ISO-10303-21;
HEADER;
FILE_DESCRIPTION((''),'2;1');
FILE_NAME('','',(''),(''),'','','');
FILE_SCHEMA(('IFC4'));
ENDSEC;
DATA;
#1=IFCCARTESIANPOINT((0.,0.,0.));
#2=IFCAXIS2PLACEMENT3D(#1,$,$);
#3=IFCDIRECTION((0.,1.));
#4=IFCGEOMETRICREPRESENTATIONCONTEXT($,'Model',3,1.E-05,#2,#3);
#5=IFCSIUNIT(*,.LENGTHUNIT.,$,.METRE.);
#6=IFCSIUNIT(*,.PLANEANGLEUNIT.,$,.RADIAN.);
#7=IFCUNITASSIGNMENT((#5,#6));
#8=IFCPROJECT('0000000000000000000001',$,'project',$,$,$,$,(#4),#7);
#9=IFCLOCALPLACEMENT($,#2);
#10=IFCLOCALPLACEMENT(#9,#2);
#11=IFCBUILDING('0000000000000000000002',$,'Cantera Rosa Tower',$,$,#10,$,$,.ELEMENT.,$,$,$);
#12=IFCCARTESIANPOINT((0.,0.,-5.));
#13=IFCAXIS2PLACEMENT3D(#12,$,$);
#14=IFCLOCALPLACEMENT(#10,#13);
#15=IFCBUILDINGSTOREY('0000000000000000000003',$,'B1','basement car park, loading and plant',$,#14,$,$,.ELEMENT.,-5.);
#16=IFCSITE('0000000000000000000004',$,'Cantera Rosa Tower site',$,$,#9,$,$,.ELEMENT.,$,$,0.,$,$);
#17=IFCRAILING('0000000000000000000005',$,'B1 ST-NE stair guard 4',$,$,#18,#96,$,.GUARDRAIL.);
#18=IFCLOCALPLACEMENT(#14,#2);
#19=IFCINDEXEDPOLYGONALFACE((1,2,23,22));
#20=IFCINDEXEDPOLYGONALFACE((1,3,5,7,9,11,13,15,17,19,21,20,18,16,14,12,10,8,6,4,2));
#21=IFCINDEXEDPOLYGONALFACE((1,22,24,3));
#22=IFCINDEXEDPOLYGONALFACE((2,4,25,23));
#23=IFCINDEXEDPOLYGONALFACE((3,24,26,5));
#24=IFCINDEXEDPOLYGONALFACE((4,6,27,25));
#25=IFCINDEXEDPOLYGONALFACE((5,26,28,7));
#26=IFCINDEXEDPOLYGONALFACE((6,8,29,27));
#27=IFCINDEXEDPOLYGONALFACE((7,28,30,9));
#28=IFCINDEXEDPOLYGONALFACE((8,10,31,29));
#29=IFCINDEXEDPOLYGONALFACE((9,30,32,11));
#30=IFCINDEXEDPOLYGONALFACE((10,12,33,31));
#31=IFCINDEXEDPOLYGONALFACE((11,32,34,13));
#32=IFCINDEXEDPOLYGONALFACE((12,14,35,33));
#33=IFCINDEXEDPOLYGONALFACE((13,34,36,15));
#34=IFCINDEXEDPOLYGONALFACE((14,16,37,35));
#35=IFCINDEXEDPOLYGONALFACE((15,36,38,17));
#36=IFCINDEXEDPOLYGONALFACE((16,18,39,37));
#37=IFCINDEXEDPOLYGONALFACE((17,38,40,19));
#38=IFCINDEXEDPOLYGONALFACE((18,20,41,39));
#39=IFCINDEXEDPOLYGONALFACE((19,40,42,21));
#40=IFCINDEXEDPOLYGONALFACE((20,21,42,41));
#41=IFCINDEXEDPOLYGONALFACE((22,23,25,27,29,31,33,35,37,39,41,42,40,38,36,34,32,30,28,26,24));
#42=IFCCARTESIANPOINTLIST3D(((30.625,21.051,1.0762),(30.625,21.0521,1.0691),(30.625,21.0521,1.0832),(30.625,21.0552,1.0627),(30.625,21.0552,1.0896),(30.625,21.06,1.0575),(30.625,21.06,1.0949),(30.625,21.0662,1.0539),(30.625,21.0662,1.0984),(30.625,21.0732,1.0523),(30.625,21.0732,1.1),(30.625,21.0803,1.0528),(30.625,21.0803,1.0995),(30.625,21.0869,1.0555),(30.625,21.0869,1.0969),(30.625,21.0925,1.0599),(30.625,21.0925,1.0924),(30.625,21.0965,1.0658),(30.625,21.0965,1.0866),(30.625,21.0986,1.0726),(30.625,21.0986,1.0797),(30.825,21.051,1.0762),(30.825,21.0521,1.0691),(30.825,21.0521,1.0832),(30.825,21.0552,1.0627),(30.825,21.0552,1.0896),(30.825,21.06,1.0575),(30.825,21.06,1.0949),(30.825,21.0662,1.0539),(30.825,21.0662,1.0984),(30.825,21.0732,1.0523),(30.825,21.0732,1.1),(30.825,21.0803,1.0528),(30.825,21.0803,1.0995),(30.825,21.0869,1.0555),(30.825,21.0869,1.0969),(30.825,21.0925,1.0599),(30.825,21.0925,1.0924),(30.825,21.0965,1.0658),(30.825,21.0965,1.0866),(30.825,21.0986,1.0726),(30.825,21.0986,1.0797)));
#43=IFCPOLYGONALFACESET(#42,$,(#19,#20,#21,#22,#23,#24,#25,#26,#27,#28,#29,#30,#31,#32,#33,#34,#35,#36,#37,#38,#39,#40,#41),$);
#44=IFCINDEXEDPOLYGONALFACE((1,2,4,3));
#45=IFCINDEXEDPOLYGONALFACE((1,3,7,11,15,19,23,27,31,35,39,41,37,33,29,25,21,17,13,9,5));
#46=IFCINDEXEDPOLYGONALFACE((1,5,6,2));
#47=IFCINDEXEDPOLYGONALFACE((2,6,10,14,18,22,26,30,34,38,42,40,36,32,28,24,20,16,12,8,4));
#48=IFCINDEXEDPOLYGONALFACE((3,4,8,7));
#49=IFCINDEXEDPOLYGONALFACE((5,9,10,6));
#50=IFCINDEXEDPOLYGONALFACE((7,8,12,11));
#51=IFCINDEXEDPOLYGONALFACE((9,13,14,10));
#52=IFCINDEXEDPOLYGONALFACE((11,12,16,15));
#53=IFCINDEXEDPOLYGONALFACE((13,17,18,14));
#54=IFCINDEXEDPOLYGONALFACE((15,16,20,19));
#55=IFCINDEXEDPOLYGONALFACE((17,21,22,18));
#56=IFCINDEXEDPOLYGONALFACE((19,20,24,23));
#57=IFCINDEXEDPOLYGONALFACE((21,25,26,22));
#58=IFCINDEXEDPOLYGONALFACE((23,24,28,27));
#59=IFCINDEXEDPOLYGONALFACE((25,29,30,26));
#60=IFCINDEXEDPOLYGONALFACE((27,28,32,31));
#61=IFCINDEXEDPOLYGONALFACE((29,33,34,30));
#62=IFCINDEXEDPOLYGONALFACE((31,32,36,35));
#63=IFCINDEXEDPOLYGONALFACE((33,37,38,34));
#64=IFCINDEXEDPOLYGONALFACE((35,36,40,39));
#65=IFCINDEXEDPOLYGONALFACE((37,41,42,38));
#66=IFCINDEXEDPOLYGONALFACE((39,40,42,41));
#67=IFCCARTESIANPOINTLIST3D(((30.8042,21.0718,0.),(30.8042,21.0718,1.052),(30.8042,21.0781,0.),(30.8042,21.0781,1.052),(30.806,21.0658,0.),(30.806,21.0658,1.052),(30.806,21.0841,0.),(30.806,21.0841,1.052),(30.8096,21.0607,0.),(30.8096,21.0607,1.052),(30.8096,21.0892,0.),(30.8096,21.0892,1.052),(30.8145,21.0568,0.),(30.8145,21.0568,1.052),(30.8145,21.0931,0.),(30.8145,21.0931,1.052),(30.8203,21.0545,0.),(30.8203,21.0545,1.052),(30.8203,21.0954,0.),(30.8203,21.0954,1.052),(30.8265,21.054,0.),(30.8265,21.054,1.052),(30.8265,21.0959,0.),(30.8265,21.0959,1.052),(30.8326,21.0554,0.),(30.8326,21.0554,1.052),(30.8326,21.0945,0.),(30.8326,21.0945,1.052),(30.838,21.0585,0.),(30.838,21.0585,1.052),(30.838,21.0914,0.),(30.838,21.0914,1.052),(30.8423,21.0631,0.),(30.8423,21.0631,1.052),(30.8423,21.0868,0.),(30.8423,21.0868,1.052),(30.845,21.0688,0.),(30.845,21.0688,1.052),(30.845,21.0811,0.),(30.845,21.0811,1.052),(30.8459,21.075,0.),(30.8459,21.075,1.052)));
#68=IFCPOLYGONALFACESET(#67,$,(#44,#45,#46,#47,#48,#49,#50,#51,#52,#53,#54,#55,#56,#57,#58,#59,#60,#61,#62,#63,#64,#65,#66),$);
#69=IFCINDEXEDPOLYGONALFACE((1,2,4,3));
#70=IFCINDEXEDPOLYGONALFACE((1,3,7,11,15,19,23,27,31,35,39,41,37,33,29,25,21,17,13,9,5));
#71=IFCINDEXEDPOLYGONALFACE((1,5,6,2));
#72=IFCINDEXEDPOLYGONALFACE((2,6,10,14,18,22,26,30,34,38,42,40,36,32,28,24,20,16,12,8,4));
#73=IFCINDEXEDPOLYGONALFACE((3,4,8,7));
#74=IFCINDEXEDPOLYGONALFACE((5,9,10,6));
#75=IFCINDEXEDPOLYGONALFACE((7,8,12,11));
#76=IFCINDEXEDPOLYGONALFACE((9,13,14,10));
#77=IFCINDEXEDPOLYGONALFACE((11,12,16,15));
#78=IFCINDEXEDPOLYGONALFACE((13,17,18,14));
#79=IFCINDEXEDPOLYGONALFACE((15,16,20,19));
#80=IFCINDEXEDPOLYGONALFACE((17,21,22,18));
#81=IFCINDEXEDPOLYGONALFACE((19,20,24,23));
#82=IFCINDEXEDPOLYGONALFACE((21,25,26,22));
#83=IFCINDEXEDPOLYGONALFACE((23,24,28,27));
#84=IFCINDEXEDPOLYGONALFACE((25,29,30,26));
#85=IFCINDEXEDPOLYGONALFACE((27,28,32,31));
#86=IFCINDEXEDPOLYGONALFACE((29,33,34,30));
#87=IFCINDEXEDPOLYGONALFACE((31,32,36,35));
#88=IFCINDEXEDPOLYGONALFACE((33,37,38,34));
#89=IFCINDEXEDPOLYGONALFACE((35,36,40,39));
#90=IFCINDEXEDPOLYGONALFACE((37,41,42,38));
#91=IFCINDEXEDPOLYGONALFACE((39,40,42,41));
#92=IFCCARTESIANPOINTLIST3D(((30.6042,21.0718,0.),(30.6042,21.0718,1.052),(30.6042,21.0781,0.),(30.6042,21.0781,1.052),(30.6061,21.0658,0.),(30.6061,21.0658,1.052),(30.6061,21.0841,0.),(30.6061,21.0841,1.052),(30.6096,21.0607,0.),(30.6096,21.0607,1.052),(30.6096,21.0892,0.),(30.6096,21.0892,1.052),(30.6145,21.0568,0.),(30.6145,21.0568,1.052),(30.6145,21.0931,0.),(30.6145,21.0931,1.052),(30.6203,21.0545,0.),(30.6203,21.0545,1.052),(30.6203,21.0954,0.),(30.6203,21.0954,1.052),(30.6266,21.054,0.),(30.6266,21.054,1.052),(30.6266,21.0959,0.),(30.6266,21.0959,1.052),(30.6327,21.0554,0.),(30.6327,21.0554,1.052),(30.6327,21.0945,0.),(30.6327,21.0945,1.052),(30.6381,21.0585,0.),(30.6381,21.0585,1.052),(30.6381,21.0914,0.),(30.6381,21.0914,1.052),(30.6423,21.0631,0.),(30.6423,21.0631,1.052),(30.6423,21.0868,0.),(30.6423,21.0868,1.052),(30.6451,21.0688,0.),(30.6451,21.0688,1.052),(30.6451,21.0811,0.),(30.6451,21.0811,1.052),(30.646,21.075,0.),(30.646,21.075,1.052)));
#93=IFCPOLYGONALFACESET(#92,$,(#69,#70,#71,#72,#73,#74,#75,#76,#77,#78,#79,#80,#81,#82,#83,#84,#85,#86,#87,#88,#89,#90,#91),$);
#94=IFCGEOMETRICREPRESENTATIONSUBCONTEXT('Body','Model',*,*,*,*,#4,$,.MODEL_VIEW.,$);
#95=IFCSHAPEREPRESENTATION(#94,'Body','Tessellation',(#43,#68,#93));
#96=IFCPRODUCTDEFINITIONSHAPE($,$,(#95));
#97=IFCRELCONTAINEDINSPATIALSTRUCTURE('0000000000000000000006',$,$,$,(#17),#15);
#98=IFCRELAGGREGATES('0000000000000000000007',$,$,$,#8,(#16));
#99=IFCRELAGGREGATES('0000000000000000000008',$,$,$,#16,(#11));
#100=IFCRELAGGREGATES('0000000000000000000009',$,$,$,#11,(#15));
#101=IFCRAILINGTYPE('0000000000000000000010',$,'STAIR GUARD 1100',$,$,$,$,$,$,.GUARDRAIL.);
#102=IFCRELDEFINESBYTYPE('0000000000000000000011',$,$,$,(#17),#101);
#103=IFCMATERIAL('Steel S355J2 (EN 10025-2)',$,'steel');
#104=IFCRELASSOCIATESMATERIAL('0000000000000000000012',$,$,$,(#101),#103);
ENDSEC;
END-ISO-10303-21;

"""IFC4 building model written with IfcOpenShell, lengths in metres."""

from ifc_helpers import new_model, si_unit, direction, frame, origin, origin_2d, place, context, subcontext, project, spatial, circle, extrude, material, type_object, element, save


model = new_model("IFC4")

# Units and contexts
model_context = context("Model", 3, precision=1e-05, world=origin(), true_north=direction((0.0, 1.0)))
body_context = subcontext(model_context, "Body", "Model", "MODEL_VIEW")
ifc_project = project(units=[si_unit("LENGTHUNIT", "METRE"), si_unit("PLANEANGLEUNIT", "RADIAN")], contexts=[model_context])

# Site, building, storey
site_placement = place(None, origin())
site = spatial("IfcSite", under=ifc_project, at=site_placement, Name="Cantera Rosa Tower site", CompositionType="ELEMENT", RefElevation=0.0)
building_placement = place(site_placement, origin())
building = spatial("IfcBuilding", under=site, at=building_placement, Name="Cantera Rosa Tower", CompositionType="ELEMENT")
storey_placement = place(building_placement, frame((0.0, 0.0, -5.0)))
storey = spatial("IfcBuildingStorey", under=building, at=storey_placement, Name="B1", Description="basement car park, loading and plant", CompositionType="ELEMENT", Elevation=-5.0)

# Railing
ifc_material_1 = material(Name="Steel S355J2 (EN 10025-2)", Category="steel")
railing_type = type_object("IfcRailingType", Name="STAIR GUARD 1100", PredefinedType="GUARDRAIL", material=ifc_material_1)
railing_1_placement = place(storey_placement, frame((30.825, 21.075, 0.0)))
element("IfcRailing", 1, at=railing_1_placement, inside=storey, type_object=railing_type, Name="B1 ST-NE stair guard 4", PredefinedType="GUARDRAIL", context=body_context, shape_type="SweptSolid", body=[
    extrude(circle(Radius=0.0239, at=origin_2d()), frame((0.0, 0.0, 1.0762), z_axis=(-1.0, 0.0, 0.0), x_axis=(0.0, -1.0, 0.0)), (0.0, 0.0, 1.0), 0.2),
    extrude(circle(Radius=0.021, at=origin_2d()), origin(), (0.0, 0.0, 1.0), 1.052),
    extrude(circle(Radius=0.021, at=origin_2d()), frame((-0.2, 0.0, 0.0)), (0.0, 0.0, 1.0), 1.052),
])

save(model, "model.ifc")
